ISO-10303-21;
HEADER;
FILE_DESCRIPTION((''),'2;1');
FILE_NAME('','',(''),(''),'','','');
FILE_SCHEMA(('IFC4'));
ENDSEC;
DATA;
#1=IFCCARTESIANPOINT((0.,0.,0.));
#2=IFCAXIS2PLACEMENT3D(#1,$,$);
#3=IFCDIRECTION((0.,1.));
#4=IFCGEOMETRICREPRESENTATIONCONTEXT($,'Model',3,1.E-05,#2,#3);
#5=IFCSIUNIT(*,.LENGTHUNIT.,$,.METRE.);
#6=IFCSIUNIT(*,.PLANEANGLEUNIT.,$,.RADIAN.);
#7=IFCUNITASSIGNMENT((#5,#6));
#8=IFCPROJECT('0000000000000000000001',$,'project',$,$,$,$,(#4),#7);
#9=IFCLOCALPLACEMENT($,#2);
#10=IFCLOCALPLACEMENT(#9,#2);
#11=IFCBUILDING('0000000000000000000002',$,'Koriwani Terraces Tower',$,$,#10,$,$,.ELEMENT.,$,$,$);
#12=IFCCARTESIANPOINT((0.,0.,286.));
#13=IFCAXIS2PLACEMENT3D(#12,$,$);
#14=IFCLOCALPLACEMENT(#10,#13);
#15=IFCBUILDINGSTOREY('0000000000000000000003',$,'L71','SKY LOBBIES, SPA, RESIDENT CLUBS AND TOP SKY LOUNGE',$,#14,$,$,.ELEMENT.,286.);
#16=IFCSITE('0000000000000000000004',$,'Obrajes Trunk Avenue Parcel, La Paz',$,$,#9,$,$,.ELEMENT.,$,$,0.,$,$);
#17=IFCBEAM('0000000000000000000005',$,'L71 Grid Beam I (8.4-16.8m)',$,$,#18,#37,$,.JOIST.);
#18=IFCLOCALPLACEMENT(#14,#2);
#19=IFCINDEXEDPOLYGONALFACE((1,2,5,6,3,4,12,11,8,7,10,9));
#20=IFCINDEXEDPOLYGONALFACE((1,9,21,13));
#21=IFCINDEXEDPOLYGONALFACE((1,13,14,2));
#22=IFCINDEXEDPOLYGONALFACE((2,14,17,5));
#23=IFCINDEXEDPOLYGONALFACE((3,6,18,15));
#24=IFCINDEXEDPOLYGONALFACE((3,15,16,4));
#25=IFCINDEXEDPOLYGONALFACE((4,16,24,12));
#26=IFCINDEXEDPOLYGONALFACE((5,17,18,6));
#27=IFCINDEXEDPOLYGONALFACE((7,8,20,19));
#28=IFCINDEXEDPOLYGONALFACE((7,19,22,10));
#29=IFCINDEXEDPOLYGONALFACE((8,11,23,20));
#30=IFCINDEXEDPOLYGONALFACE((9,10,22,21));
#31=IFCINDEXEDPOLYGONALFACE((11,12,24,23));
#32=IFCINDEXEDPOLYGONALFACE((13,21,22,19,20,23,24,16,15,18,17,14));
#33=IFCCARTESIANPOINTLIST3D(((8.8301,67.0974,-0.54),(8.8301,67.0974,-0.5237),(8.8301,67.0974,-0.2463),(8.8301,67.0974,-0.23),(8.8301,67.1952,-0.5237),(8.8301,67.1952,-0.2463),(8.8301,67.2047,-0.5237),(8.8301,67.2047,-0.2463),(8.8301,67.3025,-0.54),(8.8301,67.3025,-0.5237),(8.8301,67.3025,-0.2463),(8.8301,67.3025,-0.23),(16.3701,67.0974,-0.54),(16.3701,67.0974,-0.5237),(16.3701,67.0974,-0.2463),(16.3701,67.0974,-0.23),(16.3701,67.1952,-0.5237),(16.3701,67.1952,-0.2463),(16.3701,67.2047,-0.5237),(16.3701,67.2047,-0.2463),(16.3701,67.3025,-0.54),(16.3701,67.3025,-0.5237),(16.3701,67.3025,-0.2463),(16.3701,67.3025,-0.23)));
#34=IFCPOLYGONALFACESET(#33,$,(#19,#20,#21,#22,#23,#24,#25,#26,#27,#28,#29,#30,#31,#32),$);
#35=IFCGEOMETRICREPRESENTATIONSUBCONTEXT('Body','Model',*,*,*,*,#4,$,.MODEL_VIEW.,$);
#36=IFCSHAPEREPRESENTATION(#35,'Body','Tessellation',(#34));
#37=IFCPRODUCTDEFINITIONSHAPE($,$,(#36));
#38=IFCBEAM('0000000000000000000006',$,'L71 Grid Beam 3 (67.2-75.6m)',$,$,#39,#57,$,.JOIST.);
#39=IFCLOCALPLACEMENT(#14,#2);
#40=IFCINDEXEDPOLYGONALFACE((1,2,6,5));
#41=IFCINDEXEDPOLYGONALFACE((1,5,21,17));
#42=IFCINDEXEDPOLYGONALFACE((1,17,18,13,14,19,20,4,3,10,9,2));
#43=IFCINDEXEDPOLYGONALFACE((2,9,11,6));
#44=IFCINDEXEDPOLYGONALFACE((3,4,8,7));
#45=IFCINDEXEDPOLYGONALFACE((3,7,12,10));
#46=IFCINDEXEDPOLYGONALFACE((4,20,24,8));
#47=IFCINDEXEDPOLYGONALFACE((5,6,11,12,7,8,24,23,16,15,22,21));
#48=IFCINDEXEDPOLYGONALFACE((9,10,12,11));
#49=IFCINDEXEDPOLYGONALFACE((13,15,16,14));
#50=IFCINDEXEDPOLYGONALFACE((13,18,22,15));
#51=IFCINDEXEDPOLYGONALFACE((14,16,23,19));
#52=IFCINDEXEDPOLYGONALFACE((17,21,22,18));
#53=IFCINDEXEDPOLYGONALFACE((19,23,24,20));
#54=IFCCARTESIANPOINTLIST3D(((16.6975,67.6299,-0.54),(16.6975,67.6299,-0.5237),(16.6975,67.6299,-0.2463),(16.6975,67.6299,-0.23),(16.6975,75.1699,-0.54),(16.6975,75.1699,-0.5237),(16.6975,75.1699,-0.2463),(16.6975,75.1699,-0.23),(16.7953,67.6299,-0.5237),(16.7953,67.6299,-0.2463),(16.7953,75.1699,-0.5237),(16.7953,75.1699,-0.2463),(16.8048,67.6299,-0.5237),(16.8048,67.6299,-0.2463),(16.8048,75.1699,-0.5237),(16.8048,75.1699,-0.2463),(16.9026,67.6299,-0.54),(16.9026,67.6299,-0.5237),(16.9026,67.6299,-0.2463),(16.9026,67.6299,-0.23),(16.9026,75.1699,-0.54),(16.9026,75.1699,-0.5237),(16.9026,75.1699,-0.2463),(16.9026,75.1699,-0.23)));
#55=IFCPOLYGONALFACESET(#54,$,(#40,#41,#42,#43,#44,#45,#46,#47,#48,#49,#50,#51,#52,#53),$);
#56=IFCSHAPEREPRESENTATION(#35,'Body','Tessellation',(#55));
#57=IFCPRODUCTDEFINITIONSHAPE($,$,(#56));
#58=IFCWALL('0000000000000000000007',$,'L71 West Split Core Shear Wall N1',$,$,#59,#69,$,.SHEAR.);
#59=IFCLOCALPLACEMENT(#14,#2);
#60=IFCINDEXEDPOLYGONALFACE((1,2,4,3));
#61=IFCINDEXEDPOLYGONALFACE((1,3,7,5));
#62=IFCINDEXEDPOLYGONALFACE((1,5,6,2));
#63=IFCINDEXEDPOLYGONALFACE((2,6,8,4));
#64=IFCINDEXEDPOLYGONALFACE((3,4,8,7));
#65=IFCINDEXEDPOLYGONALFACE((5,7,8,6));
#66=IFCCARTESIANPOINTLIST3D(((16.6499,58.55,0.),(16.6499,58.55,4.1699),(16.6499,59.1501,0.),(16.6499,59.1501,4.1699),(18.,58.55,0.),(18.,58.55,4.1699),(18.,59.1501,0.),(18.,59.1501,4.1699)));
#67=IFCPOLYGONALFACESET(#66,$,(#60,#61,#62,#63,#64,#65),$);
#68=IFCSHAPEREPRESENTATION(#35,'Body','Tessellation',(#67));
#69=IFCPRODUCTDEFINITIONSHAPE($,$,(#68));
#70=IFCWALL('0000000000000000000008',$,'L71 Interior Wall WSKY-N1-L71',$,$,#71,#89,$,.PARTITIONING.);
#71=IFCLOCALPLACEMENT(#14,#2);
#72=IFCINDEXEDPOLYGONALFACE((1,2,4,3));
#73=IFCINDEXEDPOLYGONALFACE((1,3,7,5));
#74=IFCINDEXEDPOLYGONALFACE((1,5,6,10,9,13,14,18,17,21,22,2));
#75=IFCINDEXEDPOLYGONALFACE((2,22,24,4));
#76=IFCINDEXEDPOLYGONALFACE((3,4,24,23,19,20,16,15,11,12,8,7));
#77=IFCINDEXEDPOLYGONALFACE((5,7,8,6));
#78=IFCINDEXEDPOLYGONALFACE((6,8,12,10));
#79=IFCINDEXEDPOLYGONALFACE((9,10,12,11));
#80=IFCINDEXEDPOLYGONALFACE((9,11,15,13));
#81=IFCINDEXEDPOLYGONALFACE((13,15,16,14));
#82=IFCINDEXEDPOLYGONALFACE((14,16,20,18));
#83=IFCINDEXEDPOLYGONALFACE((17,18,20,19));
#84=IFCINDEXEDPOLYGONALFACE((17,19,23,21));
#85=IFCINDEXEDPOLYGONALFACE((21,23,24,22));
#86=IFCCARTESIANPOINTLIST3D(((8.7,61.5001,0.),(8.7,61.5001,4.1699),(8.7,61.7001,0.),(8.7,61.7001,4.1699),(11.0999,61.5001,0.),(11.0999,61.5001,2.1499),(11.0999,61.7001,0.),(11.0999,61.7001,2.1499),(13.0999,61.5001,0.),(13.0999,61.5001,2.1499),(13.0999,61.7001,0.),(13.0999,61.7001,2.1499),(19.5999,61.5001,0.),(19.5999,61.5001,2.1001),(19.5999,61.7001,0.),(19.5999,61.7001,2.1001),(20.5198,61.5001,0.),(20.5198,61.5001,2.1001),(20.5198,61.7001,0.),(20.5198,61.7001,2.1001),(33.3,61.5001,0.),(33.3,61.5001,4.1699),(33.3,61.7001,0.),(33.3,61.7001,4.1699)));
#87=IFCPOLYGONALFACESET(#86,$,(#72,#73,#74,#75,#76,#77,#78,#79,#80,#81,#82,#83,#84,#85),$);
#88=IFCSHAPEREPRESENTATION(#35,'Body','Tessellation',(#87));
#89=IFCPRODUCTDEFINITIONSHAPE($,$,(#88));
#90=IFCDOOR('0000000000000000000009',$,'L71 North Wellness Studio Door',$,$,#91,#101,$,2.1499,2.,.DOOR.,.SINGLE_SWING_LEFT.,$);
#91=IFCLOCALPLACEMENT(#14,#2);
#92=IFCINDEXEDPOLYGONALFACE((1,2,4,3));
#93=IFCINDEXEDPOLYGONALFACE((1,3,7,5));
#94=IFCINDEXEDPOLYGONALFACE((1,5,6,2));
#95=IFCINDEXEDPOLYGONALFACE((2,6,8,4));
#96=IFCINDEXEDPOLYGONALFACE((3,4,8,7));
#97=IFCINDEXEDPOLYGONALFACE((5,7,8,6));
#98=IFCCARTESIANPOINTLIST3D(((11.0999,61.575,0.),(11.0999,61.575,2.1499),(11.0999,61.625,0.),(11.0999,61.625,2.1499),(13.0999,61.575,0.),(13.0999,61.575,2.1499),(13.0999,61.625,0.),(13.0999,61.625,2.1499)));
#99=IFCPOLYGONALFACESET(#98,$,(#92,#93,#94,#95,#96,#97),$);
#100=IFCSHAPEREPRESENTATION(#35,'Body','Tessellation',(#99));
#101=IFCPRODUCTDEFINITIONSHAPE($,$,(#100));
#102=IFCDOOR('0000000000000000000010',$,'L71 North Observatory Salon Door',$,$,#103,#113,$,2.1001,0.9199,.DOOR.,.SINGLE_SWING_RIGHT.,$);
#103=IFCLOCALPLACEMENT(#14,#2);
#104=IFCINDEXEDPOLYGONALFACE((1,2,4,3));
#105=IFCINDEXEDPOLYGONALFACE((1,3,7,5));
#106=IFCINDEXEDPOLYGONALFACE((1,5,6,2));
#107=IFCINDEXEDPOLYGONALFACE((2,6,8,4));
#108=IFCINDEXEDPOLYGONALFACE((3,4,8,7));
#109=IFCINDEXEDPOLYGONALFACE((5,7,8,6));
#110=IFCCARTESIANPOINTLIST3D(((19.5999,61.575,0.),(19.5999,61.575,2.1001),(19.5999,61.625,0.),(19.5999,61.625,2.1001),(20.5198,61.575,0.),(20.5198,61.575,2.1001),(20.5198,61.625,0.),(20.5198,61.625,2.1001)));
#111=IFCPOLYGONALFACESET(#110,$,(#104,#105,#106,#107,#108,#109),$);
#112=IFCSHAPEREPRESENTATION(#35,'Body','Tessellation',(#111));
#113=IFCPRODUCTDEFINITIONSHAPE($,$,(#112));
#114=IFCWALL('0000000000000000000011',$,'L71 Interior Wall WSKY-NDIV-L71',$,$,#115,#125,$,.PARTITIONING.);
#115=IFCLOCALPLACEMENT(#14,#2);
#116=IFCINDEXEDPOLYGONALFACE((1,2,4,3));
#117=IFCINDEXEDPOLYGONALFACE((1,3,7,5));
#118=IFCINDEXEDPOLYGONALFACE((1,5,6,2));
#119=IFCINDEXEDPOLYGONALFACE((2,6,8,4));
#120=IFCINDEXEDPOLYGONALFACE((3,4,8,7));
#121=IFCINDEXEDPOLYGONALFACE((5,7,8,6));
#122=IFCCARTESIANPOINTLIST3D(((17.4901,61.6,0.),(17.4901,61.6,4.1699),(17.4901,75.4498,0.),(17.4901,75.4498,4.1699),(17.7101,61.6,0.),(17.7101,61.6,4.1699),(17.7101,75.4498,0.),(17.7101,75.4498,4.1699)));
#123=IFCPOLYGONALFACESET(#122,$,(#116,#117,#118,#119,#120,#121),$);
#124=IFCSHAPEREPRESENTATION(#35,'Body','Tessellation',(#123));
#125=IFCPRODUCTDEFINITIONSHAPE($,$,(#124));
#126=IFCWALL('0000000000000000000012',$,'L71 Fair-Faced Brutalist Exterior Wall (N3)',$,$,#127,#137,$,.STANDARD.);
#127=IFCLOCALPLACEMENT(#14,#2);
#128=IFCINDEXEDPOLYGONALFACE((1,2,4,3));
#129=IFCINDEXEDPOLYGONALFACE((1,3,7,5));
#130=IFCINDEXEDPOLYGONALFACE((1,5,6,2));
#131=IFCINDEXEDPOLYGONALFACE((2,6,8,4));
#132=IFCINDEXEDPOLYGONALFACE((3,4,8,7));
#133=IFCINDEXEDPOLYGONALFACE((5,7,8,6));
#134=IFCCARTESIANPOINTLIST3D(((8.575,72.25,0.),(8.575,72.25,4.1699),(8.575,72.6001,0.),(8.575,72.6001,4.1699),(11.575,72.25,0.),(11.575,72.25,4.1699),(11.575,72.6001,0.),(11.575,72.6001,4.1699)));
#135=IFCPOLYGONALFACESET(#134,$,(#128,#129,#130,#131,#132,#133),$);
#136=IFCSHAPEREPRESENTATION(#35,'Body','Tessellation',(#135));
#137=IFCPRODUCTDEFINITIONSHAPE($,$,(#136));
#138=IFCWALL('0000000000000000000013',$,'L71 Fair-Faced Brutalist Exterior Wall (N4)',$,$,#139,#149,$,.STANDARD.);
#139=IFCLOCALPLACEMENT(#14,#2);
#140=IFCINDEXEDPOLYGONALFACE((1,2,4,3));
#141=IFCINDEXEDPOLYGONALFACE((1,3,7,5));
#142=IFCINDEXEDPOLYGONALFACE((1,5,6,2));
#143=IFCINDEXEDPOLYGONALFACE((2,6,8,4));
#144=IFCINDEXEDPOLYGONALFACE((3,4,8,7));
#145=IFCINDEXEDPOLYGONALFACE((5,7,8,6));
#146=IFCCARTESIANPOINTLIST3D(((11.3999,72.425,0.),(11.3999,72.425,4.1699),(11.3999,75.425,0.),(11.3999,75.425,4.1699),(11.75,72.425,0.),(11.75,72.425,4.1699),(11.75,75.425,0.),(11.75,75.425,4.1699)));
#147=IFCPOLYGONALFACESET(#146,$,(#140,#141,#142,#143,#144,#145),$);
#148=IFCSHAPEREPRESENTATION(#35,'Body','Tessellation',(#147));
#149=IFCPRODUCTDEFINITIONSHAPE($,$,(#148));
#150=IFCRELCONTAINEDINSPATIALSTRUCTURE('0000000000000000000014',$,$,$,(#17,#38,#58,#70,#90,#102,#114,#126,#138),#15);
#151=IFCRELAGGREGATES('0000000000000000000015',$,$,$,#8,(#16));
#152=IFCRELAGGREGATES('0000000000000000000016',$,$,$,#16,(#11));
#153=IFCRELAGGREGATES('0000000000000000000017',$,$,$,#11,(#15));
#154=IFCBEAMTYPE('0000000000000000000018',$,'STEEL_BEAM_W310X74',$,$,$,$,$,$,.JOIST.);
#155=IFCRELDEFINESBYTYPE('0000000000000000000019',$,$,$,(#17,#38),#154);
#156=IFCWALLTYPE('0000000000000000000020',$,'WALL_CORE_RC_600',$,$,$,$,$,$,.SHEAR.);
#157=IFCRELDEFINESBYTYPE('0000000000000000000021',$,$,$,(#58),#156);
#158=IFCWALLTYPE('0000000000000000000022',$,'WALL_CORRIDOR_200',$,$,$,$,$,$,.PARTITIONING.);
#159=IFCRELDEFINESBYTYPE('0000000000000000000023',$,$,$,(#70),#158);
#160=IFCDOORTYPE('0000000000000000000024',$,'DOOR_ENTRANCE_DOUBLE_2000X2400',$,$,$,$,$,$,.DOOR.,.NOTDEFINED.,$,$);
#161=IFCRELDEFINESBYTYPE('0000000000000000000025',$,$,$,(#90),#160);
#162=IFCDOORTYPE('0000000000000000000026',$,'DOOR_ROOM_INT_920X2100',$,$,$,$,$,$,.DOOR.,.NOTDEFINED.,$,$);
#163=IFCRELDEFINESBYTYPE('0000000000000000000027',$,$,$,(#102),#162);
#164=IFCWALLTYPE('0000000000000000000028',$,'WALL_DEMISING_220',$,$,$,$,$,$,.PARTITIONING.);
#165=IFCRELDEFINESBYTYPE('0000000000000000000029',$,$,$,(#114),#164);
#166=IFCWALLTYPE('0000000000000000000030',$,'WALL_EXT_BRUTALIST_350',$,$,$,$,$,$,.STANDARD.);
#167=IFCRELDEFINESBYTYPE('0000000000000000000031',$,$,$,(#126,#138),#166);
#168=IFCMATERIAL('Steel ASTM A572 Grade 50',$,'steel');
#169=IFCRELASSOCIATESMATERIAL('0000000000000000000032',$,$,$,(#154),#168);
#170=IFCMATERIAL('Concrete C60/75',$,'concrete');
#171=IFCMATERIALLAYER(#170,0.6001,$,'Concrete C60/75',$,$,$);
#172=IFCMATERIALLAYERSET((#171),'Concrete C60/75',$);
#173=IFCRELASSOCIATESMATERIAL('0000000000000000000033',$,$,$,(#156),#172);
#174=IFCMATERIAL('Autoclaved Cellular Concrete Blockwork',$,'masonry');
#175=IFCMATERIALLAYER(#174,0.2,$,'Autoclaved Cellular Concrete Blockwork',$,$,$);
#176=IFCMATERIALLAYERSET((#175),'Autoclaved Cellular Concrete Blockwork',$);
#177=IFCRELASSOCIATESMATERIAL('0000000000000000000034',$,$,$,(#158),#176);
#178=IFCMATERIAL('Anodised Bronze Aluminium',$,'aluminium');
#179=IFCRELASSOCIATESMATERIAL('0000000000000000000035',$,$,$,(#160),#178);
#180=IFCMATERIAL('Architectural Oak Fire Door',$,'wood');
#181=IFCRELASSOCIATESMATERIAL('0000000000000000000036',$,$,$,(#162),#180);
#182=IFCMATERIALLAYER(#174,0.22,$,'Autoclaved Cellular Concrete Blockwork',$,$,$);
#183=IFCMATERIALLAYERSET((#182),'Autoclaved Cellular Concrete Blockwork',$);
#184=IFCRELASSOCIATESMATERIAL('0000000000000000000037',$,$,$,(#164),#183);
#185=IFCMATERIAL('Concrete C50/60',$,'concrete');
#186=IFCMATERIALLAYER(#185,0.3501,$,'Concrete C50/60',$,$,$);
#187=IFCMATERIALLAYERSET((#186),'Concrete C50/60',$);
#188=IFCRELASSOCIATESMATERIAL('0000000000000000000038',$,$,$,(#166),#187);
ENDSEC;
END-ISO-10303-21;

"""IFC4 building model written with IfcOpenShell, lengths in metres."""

from ifc_helpers import new_model, si_unit, direction, frame, frame_2d, origin, origin_2d, place, context, subcontext, project, spatial, rectangle, i_section, extrude, material, layer, layer_set, material_profile, profile_set, type_object, element, fill, save


model = new_model("IFC4")

# Units and contexts
model_context = context("Model", 3, precision=1e-05, world=origin(), true_north=direction((0.0, 1.0)))
body_context = subcontext(model_context, "Body", "Model", "MODEL_VIEW")
ifc_project = project(units=[si_unit("LENGTHUNIT", "METRE"), si_unit("PLANEANGLEUNIT", "RADIAN")], contexts=[model_context])

# Site, building, storey
site_placement = place(None, origin())
site = spatial("IfcSite", under=ifc_project, at=site_placement, Name="Obrajes Trunk Avenue Parcel, La Paz", CompositionType="ELEMENT", RefElevation=0.0)
building_placement = place(site_placement, origin())
building = spatial("IfcBuilding", under=site, at=building_placement, Name="Koriwani Terraces Tower", CompositionType="ELEMENT")
storey_placement = place(building_placement, frame((0.0, 0.0, 286.0)))
storey = spatial("IfcBuildingStorey", under=building, at=storey_placement, Name="L71", Description="SKY LOBBIES, SPA, RESIDENT CLUBS AND TOP SKY LOUNGE", CompositionType="ELEMENT", Elevation=286.0)

# Shared definitions
ifc_material_1 = material(Name="Concrete C50/60", Category="concrete")

# Shared definitions
ifc_material_2 = material(Name="Anodised Bronze Aluminium", Category="aluminium")

# Beams
ifc_material_3 = material(Name="Steel ASTM A572 Grade 50", Category="steel")
ifc_material_profile_1 = material_profile(ifc_material_3, i_section(OverallWidth=0.2051, OverallDepth=0.3101, WebThickness=0.0095, FlangeThickness=0.0164, at=origin_2d()), Name="Steel ASTM A572 Grade 50", Category="LoadBearing")
ifc_profile_set_1 = profile_set([ifc_material_profile_1], Name="Steel ASTM A572 Grade 50")
beam_type_1 = type_object("IfcBeamType", Name="STEEL_BEAM_W310X74", PredefinedType="JOIST", material=ifc_profile_set_1)
for number, where, z_axis, x_axis, name in (
    (1, (8.8301, 67.2, -0.385), (1.0, 0.0, 0.0), (0.0, 1.0, 0.0), "L71 Grid Beam I (8.4-16.8m)"),
    (2, (16.8, 67.6299, -0.385), (0.0, 1.0, 0.0), (-1.0, 0.0, 0.0), "L71 Grid Beam 3 (67.2-75.6m)"),
):
    element("IfcBeam", number, at=place(storey_placement, frame(where, z_axis=z_axis, x_axis=x_axis)), inside=storey, type_object=beam_type_1, Name=name, PredefinedType="JOIST", context=body_context, shape_type="SweptSolid", body=[
        extrude(i_section(OverallWidth=0.2051, OverallDepth=0.3101, WebThickness=0.0095, FlangeThickness=0.0164, at=origin_2d()), origin(), (0.0, 0.0, 1.0), 7.54),
    ])

# Wall
ifc_material_4 = material(Name="Concrete C60/75", Category="concrete")
ifc_layer_1 = layer(ifc_material_4, 0.6001, Name="Concrete C60/75")
ifc_layer_set_1 = layer_set([ifc_layer_1], Name="Concrete C60/75")
wall_type_1 = type_object("IfcWallType", Name="WALL_CORE_RC_600", PredefinedType="SHEAR", material=ifc_layer_set_1)
wall_1_placement = place(storey_placement, frame((16.6499, 58.8501, 0.0), z_axis=(0.0, 0.0, 1.0), x_axis=(1.0, 0.0, 0.0)))
element("IfcWall", 3, at=wall_1_placement, inside=storey, type_object=wall_type_1, Name="L71 West Split Core Shear Wall N1", PredefinedType="SHEAR", context=body_context, shape_type="SweptSolid", body=[
    extrude(rectangle(XDim=1.3501, YDim=0.6001, at=frame_2d((0.675, 0.0))), origin(), (0.0, 0.0, 1.0), 4.1699),
])

# Wall, openings, doors
ifc_material_5 = material(Name="Autoclaved Cellular Concrete Blockwork", Category="masonry")
ifc_layer_2 = layer(ifc_material_5, 0.2, Name="Autoclaved Cellular Concrete Blockwork")
ifc_layer_set_2 = layer_set([ifc_layer_2], Name="Autoclaved Cellular Concrete Blockwork")
wall_type_2 = type_object("IfcWallType", Name="WALL_CORRIDOR_200", PredefinedType="PARTITIONING", material=ifc_layer_set_2)
wall_2_placement = place(storey_placement, frame((8.7, 61.6001, 0.0), z_axis=(0.0, 0.0, 1.0), x_axis=(1.0, 0.0, 0.0)))
wall_2 = element("IfcWall", 4, at=wall_2_placement, inside=storey, type_object=wall_type_2, Name="L71 Interior Wall WSKY-N1-L71", PredefinedType="PARTITIONING", context=body_context, shape_type="SweptSolid", body=[
    extrude(rectangle(XDim=24.6001, YDim=0.2, at=frame_2d((12.3, 0.0))), origin(), (0.0, 0.0, 1.0), 4.1699),
])
opening_1_placement = place(wall_2_placement, frame((2.3999, 0.0, 0.0)))
opening_1 = element("IfcOpeningElement", 5, at=opening_1_placement, cuts=wall_2, PredefinedType="OPENING", context=body_context, shape_type="SweptSolid", body=[
    extrude(rectangle(XDim=2.0, YDim=2.1499, at=frame_2d((1.0, 1.075))), frame((0.0, 0.1099, 0.0), z_axis=(0.0, -1.0, 0.0), x_axis=(1.0, 0.0, 0.0)), (0.0, 0.0, 1.0), 0.22),
])
opening_2_placement = place(wall_2_placement, frame((10.8999, 0.0, 0.0)))
opening_2 = element("IfcOpeningElement", 6, at=opening_2_placement, cuts=wall_2, PredefinedType="OPENING", context=body_context, shape_type="SweptSolid", body=[
    extrude(rectangle(XDim=0.9199, YDim=2.1001, at=frame_2d((0.46, 1.05))), frame((0.0, 0.1099, 0.0), z_axis=(0.0, -1.0, 0.0), x_axis=(1.0, 0.0, 0.0)), (0.0, 0.0, 1.0), 0.22),
])
door_type_1 = type_object("IfcDoorType", Name="DOOR_ENTRANCE_DOUBLE_2000X2400", OperationType="NOTDEFINED", PredefinedType="DOOR", material=ifc_material_2)
door_1_placement = place(opening_1_placement, origin())
door_1 = element("IfcDoor", 7, at=door_1_placement, inside=storey, type_object=door_type_1, Name="L71 North Wellness Studio Door", OperationType="SINGLE_SWING_LEFT", OverallHeight=2.1499, OverallWidth=2.0, PredefinedType="DOOR", context=body_context, shape_type="SweptSolid", body=[
    extrude(rectangle(XDim=2.0, YDim=2.1499, at=frame_2d((1.0, 1.075))), frame((0.0, 0.0249, 0.0), z_axis=(0.0, -1.0, 0.0), x_axis=(1.0, 0.0, 0.0)), (0.0, 0.0, 1.0), 0.05),
])
fill(opening_1, door_1)
ifc_material_6 = material(Name="Architectural Oak Fire Door", Category="wood")
door_type_2 = type_object("IfcDoorType", Name="DOOR_ROOM_INT_920X2100", OperationType="NOTDEFINED", PredefinedType="DOOR", material=ifc_material_6)
door_2_placement = place(opening_2_placement, origin())
door_2 = element("IfcDoor", 8, at=door_2_placement, inside=storey, type_object=door_type_2, Name="L71 North Observatory Salon Door", OperationType="SINGLE_SWING_RIGHT", OverallHeight=2.1001, OverallWidth=0.9199, PredefinedType="DOOR", context=body_context, shape_type="SweptSolid", body=[
    extrude(rectangle(XDim=0.9199, YDim=2.1001, at=frame_2d((0.46, 1.05))), frame((0.0, 0.0249, 0.0), z_axis=(0.0, -1.0, 0.0), x_axis=(1.0, 0.0, 0.0)), (0.0, 0.0, 1.0), 0.05),
])
fill(opening_2, door_2)

# Walls
ifc_layer_3 = layer(ifc_material_5, 0.22, Name="Autoclaved Cellular Concrete Blockwork")
ifc_layer_set_3 = layer_set([ifc_layer_3], Name="Autoclaved Cellular Concrete Blockwork")
wall_type_3 = type_object("IfcWallType", Name="WALL_DEMISING_220", PredefinedType="PARTITIONING", material=ifc_layer_set_3)
wall_3_placement = place(storey_placement, frame((17.6001, 61.6001, 0.0), z_axis=(0.0, 0.0, 1.0), x_axis=(0.0, 1.0, 0.0)))
element("IfcWall", 9, at=wall_3_placement, inside=storey, type_object=wall_type_3, Name="L71 Interior Wall WSKY-NDIV-L71", PredefinedType="PARTITIONING", context=body_context, shape_type="SweptSolid", body=[
    extrude(rectangle(XDim=13.8499, YDim=0.22, at=frame_2d((6.9248, 0.0))), origin(), (0.0, 0.0, 1.0), 4.1699),
])
ifc_layer_4 = layer(ifc_material_1, 0.3501, Name="Concrete C50/60")
ifc_layer_set_4 = layer_set([ifc_layer_4], Name="Concrete C50/60")
wall_type_4 = type_object("IfcWallType", Name="WALL_EXT_BRUTALIST_350", PredefinedType="STANDARD", material=ifc_layer_set_4)
for number, where, z_axis, x_axis, name in (
    (10, (8.575, 72.425, 0.0), (0.0, 0.0, 1.0), (1.0, 0.0, 0.0), "L71 Fair-Faced Brutalist Exterior Wall (N3)"),
    (11, (11.575, 72.425, 0.0), (0.0, 0.0, 1.0), (0.0, 1.0, 0.0), "L71 Fair-Faced Brutalist Exterior Wall (N4)"),
):
    element("IfcWall", number, at=place(storey_placement, frame(where, z_axis=z_axis, x_axis=x_axis)), inside=storey, type_object=wall_type_4, Name=name, PredefinedType="STANDARD", context=body_context, shape_type="SweptSolid", body=[
        extrude(rectangle(XDim=3.0, YDim=0.3501, at=frame_2d((1.5, 0.0))), origin(), (0.0, 0.0, 1.0), 4.1699),
    ])

save(model, "model.ifc")
